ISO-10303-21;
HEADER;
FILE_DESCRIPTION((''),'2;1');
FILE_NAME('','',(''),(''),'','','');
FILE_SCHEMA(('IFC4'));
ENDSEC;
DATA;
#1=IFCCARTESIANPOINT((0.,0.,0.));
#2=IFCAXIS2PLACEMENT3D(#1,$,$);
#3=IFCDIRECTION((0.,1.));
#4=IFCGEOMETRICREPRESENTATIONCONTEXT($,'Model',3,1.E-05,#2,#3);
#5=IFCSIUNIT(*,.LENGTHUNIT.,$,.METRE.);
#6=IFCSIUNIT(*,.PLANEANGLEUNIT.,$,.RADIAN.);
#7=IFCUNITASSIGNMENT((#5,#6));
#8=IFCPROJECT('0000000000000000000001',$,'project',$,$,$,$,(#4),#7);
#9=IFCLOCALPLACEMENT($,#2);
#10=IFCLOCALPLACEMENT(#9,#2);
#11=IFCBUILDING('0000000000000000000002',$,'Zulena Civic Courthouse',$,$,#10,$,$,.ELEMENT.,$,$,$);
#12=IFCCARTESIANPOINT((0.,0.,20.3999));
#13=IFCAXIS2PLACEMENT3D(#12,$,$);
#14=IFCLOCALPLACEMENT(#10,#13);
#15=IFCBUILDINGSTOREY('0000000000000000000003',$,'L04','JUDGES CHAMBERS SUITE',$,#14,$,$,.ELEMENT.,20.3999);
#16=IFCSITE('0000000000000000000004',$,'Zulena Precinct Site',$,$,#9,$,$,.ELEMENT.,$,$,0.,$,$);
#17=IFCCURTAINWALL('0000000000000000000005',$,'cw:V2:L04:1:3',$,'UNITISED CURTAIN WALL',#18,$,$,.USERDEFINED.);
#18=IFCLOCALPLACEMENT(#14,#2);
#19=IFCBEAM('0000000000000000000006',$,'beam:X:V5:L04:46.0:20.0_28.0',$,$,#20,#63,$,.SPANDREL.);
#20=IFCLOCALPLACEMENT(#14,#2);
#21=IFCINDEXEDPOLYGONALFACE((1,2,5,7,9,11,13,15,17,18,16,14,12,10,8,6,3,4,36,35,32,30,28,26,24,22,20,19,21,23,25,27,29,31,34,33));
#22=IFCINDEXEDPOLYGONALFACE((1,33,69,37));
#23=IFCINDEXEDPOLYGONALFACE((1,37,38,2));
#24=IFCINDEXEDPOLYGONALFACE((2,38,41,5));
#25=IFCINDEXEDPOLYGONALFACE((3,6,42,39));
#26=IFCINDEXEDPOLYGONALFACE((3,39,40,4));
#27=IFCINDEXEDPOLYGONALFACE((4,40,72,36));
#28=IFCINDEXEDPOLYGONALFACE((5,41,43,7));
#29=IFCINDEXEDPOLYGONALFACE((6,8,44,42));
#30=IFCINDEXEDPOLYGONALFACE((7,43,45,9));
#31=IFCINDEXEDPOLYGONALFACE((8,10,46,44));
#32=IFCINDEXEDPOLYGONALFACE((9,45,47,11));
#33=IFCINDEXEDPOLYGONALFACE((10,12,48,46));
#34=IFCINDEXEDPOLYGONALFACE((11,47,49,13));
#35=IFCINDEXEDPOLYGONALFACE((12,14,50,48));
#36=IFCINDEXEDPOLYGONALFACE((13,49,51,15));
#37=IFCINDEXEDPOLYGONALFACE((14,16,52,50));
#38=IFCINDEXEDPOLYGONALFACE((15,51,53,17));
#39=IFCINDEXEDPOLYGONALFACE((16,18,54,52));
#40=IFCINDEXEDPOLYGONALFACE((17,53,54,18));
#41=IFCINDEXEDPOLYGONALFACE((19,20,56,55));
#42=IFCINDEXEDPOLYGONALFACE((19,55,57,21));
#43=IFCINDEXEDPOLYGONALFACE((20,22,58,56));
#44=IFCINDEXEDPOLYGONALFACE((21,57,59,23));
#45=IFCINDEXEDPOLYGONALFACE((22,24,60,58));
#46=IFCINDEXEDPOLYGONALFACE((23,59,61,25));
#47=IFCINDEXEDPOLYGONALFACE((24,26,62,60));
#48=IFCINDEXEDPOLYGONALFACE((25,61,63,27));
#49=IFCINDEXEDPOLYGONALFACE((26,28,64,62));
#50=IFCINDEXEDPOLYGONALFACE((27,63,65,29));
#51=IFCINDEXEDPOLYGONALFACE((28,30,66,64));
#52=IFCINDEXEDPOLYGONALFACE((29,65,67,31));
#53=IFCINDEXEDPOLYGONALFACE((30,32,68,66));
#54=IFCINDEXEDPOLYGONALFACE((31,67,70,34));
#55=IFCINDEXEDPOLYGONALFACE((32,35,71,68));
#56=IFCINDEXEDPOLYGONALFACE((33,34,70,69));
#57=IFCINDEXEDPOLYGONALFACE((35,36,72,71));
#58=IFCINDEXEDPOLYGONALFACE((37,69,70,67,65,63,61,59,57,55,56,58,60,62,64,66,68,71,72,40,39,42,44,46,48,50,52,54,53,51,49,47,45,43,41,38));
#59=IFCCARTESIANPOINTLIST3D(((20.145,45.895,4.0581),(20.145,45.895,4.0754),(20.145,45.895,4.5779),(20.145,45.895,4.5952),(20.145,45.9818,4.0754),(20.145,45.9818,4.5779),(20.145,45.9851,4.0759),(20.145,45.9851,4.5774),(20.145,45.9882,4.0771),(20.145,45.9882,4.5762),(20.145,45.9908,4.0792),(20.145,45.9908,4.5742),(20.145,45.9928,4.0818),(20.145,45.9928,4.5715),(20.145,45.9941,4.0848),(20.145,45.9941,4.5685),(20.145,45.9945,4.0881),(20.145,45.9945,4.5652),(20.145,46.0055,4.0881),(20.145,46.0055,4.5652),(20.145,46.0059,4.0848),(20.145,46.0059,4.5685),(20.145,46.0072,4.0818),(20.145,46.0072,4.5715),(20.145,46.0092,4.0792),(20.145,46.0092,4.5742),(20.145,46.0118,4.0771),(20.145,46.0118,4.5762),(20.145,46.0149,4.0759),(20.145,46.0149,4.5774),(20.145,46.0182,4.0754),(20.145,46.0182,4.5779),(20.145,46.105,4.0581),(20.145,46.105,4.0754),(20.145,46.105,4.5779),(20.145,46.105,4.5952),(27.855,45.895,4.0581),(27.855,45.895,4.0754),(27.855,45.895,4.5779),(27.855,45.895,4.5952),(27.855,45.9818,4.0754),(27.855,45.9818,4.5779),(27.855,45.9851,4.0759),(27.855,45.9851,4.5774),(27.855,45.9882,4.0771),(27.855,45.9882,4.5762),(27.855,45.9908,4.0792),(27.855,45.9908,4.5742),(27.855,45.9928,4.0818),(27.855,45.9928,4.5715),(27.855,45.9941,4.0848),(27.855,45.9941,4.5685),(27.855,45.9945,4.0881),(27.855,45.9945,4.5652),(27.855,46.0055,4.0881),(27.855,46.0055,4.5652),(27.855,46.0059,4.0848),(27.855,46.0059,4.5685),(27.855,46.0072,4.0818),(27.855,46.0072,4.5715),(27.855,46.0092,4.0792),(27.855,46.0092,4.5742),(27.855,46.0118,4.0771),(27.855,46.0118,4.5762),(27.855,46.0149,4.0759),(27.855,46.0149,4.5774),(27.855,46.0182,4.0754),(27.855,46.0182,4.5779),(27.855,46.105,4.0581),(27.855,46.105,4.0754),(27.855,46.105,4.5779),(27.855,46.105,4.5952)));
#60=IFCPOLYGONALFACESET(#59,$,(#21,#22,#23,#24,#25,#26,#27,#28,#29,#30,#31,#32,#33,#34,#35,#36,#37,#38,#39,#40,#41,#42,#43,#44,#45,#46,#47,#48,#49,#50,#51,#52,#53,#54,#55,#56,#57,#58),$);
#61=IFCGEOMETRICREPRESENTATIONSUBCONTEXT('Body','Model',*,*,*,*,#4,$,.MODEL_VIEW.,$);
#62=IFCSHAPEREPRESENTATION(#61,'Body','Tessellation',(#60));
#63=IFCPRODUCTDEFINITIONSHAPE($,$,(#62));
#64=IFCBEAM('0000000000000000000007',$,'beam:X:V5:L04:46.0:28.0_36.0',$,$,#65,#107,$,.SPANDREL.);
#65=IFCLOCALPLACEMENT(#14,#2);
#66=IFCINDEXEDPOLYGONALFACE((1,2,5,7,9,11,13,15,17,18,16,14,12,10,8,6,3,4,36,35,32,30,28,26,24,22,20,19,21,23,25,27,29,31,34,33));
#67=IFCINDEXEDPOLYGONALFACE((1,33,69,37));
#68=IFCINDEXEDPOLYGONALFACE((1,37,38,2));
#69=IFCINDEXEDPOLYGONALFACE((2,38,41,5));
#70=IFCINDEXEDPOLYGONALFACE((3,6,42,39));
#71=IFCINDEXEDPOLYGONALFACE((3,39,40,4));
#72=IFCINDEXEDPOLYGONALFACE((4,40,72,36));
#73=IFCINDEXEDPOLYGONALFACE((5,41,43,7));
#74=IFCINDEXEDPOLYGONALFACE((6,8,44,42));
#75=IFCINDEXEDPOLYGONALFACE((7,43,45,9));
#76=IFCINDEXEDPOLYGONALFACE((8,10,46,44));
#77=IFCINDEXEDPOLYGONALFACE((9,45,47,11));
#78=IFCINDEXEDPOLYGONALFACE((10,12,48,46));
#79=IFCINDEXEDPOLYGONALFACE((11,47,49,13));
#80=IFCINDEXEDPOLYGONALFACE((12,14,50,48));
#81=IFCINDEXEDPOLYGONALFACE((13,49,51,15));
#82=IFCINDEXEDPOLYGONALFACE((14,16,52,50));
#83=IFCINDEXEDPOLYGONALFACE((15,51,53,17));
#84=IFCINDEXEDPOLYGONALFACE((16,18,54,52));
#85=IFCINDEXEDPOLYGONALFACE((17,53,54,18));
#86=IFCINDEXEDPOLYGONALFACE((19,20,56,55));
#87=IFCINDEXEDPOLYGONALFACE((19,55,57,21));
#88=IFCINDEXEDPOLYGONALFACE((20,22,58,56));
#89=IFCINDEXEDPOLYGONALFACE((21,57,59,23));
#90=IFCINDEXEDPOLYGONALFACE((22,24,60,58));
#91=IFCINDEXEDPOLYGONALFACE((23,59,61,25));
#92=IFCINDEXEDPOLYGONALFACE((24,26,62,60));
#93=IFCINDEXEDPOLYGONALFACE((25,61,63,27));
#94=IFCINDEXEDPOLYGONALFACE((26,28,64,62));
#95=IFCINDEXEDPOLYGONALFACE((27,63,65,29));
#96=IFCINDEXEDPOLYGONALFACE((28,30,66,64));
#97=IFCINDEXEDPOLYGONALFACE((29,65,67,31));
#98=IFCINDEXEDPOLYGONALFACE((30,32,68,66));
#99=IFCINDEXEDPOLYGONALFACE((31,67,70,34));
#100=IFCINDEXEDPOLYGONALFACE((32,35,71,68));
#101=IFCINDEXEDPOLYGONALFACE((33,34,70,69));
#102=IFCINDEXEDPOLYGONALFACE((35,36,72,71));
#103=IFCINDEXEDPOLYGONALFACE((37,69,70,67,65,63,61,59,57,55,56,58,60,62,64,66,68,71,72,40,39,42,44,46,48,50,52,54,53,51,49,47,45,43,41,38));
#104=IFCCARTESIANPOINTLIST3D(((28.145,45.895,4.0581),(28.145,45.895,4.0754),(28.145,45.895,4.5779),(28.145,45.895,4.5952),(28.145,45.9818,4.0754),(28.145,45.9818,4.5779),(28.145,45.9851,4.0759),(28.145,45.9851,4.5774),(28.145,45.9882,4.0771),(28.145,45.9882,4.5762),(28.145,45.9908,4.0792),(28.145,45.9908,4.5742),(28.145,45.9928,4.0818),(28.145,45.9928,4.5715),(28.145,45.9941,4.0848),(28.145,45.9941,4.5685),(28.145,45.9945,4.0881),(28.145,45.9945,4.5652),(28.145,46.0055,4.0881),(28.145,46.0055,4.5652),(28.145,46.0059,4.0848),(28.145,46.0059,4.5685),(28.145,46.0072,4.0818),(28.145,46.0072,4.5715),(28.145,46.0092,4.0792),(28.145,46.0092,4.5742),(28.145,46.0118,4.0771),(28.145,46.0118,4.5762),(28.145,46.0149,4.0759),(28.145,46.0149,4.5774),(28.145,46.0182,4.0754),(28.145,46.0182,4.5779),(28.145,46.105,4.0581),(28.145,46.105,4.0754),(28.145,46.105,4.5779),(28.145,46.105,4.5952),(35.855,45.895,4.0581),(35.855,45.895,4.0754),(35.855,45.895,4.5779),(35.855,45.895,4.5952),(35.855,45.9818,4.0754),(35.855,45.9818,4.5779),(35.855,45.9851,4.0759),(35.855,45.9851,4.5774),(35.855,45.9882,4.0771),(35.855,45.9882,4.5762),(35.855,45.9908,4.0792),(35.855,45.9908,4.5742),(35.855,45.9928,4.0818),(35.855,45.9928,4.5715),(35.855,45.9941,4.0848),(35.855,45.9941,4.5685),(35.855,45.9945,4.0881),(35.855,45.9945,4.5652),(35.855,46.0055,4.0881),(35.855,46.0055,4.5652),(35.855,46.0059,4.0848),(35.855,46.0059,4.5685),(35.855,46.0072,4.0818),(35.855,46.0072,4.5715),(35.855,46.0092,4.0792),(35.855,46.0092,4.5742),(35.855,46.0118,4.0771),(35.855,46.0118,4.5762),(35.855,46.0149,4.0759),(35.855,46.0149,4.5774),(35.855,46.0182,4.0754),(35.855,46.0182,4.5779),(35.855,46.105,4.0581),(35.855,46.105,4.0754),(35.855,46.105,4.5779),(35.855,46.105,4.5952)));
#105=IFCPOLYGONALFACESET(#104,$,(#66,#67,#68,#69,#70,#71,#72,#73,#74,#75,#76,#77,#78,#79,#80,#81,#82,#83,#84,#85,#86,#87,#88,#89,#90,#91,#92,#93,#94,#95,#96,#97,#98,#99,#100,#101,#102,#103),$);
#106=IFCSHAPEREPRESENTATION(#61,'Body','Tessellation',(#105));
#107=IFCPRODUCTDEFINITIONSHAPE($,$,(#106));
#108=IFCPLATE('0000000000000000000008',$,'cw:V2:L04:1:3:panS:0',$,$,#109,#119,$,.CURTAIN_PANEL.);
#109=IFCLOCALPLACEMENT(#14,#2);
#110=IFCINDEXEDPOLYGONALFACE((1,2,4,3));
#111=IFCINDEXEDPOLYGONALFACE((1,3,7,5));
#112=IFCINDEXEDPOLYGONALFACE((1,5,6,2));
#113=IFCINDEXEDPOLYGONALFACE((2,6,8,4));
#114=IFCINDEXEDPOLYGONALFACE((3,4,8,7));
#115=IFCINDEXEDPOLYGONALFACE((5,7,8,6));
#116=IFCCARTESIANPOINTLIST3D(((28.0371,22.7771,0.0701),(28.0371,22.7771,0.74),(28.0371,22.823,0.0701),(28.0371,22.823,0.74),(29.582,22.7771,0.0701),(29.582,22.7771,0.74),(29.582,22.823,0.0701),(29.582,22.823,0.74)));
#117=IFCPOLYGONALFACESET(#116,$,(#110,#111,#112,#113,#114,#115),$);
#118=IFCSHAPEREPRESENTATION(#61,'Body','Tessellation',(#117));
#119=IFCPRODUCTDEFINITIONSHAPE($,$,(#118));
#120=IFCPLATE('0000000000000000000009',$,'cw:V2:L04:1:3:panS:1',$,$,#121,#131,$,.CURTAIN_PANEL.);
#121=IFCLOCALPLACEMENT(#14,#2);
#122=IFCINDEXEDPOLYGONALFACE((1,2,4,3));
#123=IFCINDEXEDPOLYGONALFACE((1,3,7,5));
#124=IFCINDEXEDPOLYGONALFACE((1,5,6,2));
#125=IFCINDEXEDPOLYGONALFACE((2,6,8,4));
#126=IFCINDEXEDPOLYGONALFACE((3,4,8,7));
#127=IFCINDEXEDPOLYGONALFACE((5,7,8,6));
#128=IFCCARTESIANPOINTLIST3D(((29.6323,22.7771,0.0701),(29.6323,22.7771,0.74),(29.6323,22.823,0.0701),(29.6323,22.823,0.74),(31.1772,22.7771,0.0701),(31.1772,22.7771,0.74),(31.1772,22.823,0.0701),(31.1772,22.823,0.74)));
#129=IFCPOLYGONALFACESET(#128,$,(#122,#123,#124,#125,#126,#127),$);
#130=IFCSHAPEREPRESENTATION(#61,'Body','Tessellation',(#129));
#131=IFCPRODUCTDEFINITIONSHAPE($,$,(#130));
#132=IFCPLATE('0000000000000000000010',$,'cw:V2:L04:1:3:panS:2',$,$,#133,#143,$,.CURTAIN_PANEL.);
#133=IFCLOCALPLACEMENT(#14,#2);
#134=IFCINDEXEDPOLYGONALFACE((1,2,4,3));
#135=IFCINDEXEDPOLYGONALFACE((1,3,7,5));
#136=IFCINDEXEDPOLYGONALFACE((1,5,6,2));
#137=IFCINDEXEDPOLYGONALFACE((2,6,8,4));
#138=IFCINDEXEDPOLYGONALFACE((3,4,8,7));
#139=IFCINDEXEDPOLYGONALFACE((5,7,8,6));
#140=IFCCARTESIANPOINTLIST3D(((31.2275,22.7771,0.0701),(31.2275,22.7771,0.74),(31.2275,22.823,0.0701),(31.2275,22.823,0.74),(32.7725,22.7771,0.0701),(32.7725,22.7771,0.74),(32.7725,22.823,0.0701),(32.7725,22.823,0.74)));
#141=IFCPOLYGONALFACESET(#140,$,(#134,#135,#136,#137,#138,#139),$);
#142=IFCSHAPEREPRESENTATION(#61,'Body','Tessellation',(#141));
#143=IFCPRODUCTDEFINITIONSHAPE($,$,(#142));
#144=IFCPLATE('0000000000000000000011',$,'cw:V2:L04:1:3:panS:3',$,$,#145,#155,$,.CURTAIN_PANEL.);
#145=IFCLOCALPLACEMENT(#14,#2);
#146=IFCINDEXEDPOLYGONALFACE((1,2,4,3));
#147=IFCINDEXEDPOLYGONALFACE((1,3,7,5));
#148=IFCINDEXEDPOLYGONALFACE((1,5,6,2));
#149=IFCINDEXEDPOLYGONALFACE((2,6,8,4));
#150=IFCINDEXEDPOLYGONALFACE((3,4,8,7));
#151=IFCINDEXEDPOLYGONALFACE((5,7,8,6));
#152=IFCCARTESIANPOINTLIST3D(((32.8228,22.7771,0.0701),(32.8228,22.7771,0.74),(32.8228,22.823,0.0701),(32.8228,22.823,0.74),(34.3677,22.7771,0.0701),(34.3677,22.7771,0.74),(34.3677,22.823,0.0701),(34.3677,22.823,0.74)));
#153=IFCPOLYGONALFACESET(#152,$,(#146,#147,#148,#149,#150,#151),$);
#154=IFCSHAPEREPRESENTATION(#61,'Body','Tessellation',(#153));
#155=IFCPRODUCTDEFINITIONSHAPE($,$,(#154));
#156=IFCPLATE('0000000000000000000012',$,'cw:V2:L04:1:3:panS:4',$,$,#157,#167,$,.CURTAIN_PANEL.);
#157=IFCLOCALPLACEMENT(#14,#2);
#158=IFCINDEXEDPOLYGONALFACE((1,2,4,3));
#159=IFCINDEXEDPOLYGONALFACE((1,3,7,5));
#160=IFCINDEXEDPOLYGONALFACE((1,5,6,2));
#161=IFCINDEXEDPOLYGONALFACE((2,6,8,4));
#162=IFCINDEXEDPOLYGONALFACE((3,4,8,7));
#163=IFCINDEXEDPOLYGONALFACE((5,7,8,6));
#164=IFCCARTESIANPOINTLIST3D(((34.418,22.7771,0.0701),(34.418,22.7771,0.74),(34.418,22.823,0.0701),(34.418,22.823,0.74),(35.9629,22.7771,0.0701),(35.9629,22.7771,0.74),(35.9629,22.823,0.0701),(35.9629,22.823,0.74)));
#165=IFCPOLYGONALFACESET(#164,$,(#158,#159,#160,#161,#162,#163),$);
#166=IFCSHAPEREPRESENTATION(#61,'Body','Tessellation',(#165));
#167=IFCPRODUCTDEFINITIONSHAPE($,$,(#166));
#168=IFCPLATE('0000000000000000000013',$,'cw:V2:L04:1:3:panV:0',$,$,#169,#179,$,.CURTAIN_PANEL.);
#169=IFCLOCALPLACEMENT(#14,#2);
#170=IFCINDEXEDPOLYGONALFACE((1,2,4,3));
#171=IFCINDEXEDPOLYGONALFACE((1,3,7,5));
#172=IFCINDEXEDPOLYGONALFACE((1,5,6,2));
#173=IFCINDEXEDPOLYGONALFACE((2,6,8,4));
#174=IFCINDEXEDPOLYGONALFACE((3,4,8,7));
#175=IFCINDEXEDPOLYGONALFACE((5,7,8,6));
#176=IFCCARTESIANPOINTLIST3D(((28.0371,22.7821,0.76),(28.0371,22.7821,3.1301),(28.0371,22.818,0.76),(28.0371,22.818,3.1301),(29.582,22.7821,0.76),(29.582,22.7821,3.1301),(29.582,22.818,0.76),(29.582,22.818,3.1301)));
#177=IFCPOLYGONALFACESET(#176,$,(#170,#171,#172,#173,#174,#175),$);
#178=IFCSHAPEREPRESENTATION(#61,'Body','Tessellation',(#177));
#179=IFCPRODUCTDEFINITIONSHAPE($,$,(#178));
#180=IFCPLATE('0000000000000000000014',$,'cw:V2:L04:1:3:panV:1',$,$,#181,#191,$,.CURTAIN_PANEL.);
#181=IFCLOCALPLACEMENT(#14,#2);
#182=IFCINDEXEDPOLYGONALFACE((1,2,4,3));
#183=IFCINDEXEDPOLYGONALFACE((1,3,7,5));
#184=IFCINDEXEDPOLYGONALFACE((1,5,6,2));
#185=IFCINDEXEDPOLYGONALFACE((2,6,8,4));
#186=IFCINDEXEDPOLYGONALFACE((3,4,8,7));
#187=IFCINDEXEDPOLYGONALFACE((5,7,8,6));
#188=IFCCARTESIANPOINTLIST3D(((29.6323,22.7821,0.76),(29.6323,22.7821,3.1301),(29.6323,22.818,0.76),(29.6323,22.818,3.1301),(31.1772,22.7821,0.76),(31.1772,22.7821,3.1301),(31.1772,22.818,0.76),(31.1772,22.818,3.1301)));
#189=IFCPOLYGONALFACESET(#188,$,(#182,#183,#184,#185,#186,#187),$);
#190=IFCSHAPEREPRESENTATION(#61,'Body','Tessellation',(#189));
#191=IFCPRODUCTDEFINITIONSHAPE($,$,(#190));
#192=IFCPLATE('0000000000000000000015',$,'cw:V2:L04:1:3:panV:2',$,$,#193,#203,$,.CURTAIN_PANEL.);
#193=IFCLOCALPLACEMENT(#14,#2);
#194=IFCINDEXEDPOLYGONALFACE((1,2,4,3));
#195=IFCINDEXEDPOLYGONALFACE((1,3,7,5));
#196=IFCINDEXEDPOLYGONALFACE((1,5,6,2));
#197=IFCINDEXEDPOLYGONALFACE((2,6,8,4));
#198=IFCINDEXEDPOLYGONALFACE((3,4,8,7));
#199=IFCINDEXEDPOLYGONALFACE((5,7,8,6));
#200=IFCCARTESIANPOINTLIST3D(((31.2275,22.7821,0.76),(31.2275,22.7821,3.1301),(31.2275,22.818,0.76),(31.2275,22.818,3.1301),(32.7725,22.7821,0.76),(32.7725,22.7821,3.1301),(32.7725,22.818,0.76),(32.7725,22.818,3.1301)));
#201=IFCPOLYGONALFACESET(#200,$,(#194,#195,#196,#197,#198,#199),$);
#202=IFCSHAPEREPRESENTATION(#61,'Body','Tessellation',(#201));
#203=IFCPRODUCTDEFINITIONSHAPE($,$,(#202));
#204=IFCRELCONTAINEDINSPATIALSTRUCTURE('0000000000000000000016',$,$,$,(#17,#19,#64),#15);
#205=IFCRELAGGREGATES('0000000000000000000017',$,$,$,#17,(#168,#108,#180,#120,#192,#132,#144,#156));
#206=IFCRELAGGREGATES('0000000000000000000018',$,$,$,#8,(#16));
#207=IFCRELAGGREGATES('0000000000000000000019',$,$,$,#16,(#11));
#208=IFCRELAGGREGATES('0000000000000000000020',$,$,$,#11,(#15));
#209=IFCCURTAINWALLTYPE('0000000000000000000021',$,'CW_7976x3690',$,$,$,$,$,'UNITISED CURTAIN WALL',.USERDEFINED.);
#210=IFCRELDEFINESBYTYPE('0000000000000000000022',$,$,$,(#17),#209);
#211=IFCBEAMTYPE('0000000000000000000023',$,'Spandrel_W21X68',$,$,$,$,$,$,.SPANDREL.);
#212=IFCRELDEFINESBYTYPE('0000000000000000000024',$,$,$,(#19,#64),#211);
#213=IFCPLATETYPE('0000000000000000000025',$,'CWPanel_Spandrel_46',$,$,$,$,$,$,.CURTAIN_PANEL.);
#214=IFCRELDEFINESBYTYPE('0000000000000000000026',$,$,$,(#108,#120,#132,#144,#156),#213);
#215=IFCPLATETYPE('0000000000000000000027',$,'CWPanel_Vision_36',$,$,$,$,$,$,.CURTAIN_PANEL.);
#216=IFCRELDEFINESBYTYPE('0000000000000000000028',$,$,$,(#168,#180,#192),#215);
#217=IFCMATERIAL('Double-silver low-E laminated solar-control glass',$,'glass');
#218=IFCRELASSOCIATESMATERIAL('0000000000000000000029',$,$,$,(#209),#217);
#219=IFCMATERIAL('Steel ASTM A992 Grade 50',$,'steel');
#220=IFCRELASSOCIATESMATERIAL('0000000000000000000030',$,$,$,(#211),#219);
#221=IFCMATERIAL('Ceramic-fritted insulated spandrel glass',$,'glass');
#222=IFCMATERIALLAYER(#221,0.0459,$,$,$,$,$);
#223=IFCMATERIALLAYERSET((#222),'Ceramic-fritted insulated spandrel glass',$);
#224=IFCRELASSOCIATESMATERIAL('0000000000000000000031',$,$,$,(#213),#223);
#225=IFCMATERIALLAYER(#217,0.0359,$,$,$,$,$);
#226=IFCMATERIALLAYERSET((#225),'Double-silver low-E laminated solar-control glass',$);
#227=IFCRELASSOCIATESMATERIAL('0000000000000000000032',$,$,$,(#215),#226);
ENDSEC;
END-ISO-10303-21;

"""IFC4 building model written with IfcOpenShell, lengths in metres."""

from ifc_helpers import new_model, si_unit, direction, frame, origin, origin_2d, place, context, subcontext, project, spatial, rectangle, i_section, extrude, material, layer, layer_set, material_profile, profile_set, type_object, element, aggregate, save


model = new_model("IFC4")

# Units and contexts
model_context = context("Model", 3, precision=1e-05, world=origin(), true_north=direction((0.0, 1.0)))
body_context = subcontext(model_context, "Body", "Model", "MODEL_VIEW")
ifc_project = project(units=[si_unit("LENGTHUNIT", "METRE"), si_unit("PLANEANGLEUNIT", "RADIAN")], contexts=[model_context])

# Site, building, storey
site_placement = place(None, origin())
site = spatial("IfcSite", under=ifc_project, at=site_placement, Name="Zulena Precinct Site", CompositionType="ELEMENT", RefElevation=0.0)
building_placement = place(site_placement, origin())
building = spatial("IfcBuilding", under=site, at=building_placement, Name="Zulena Civic Courthouse", CompositionType="ELEMENT")
storey_placement = place(building_placement, frame((0.0, 0.0, 20.3999)))
storey = spatial("IfcBuildingStorey", under=building, at=storey_placement, Name="L04", Description="JUDGES CHAMBERS SUITE", CompositionType="ELEMENT", Elevation=20.3999)

# Shared definitions
ifc_material_1 = material(Name="Steel ASTM A992 Grade 50", Category="steel")

# Curtain wall
ifc_material_2 = material(Name="Double-silver low-E laminated solar-control glass", Category="glass")
curtain_wall_type = type_object("IfcCurtainWallType", Name="CW_7976x3690", ElementType="UNITISED CURTAIN WALL", PredefinedType="USERDEFINED", material=ifc_material_2)
curtain_wall_placement = place(storey_placement, origin())
curtain_wall = element("IfcCurtainWall", 1, at=curtain_wall_placement, inside=storey, type_object=curtain_wall_type, Name="cw:V2:L04:1:3", ObjectType="UNITISED CURTAIN WALL", PredefinedType="USERDEFINED")

# Beams
ifc_material_profile_1 = material_profile(ifc_material_1, i_section(OverallWidth=0.21, OverallDepth=0.5371, WebThickness=0.011, FlangeThickness=0.0173, FilletRadius=0.0127, at=origin_2d()), Name="W21X68")
ifc_profile_set_1 = profile_set([ifc_material_profile_1], Name="Steel ASTM A992 Grade 50")
beam_type_1 = type_object("IfcBeamType", Name="Spandrel_W21X68", PredefinedType="SPANDREL", material=ifc_profile_set_1)
for number, where, z_axis, x_axis, name in (
    (2, (20.145, 46.0, 4.3267), (1.0, 0.0, 0.0), (0.0, 1.0, 0.0), "beam:X:V5:L04:46.0:20.0_28.0"),
    (3, (28.145, 46.0, 4.3267), (1.0, 0.0, 0.0), (0.0, 1.0, 0.0), "beam:X:V5:L04:46.0:28.0_36.0"),
):
    element("IfcBeam", number, at=place(storey_placement, frame(where, z_axis=z_axis, x_axis=x_axis)), inside=storey, type_object=beam_type_1, Name=name, PredefinedType="SPANDREL", context=body_context, shape_type="SweptSolid", body=[
        extrude(i_section(OverallWidth=0.21, OverallDepth=0.5371, WebThickness=0.011, FlangeThickness=0.0173, FilletRadius=0.0127, at=origin_2d()), origin(), (0.0, 0.0, 1.0), 7.71),
    ])

# Plates
ifc_material_3 = material(Name="Ceramic-fritted insulated spandrel glass", Category="glass")
ifc_layer_1 = layer(ifc_material_3, 0.0459)
ifc_layer_set_1 = layer_set([ifc_layer_1], Name="Ceramic-fritted insulated spandrel glass")
plate_type_1 = type_object("IfcPlateType", Name="CWPanel_Spandrel_46", PredefinedType="CURTAIN_PANEL", material=ifc_layer_set_1)
plate_1_placement = place(storey_placement, frame((28.8096, 22.8, 0.0701), z_axis=(0.0, 0.0, 1.0), x_axis=(1.0, 0.0, 0.0)))
plate_1 = element("IfcPlate", 4, at=plate_1_placement, type_object=plate_type_1, Name="cw:V2:L04:1:3:panS:0", PredefinedType="CURTAIN_PANEL", context=body_context, shape_type="SweptSolid", body=[
    extrude(rectangle(XDim=1.5449, YDim=0.0459, at=origin_2d()), origin(), (0.0, 0.0, 1.0), 0.6699),
])
plate_2_placement = place(storey_placement, frame((30.4048, 22.8, 0.0701), z_axis=(0.0, 0.0, 1.0), x_axis=(1.0, 0.0, 0.0)))
plate_2 = element("IfcPlate", 5, at=plate_2_placement, type_object=plate_type_1, Name="cw:V2:L04:1:3:panS:1", PredefinedType="CURTAIN_PANEL", context=body_context, shape_type="SweptSolid", body=[
    extrude(rectangle(XDim=1.5449, YDim=0.0459, at=origin_2d()), origin(), (0.0, 0.0, 1.0), 0.6699),
])
plate_3_placement = place(storey_placement, frame((32.0, 22.8, 0.0701), z_axis=(0.0, 0.0, 1.0), x_axis=(1.0, 0.0, 0.0)))
plate_3 = element("IfcPlate", 6, at=plate_3_placement, type_object=plate_type_1, Name="cw:V2:L04:1:3:panS:2", PredefinedType="CURTAIN_PANEL", context=body_context, shape_type="SweptSolid", body=[
    extrude(rectangle(XDim=1.5449, YDim=0.0459, at=origin_2d()), origin(), (0.0, 0.0, 1.0), 0.6699),
])
plate_4_placement = place(storey_placement, frame((33.5952, 22.8, 0.0701), z_axis=(0.0, 0.0, 1.0), x_axis=(1.0, 0.0, 0.0)))
plate_4 = element("IfcPlate", 7, at=plate_4_placement, type_object=plate_type_1, Name="cw:V2:L04:1:3:panS:3", PredefinedType="CURTAIN_PANEL", context=body_context, shape_type="SweptSolid", body=[
    extrude(rectangle(XDim=1.5449, YDim=0.0459, at=origin_2d()), origin(), (0.0, 0.0, 1.0), 0.6699),
])
plate_5_placement = place(storey_placement, frame((35.1904, 22.8, 0.0701), z_axis=(0.0, 0.0, 1.0), x_axis=(1.0, 0.0, 0.0)))
plate_5 = element("IfcPlate", 8, at=plate_5_placement, type_object=plate_type_1, Name="cw:V2:L04:1:3:panS:4", PredefinedType="CURTAIN_PANEL", context=body_context, shape_type="SweptSolid", body=[
    extrude(rectangle(XDim=1.5449, YDim=0.0459, at=origin_2d()), origin(), (0.0, 0.0, 1.0), 0.6699),
])
ifc_layer_2 = layer(ifc_material_2, 0.0359)
ifc_layer_set_2 = layer_set([ifc_layer_2], Name="Double-silver low-E laminated solar-control glass")
plate_type_2 = type_object("IfcPlateType", Name="CWPanel_Vision_36", PredefinedType="CURTAIN_PANEL", material=ifc_layer_set_2)
plate_6_placement = place(storey_placement, frame((28.8096, 22.8, 0.76), z_axis=(0.0, 0.0, 1.0), x_axis=(1.0, 0.0, 0.0)))
plate_6 = element("IfcPlate", 9, at=plate_6_placement, type_object=plate_type_2, Name="cw:V2:L04:1:3:panV:0", PredefinedType="CURTAIN_PANEL", context=body_context, shape_type="SweptSolid", body=[
    extrude(rectangle(XDim=1.5449, YDim=0.0359, at=origin_2d()), origin(), (0.0, 0.0, 1.0), 2.3701),
])
plate_7_placement = place(storey_placement, frame((30.4048, 22.8, 0.76), z_axis=(0.0, 0.0, 1.0), x_axis=(1.0, 0.0, 0.0)))
plate_7 = element("IfcPlate", 10, at=plate_7_placement, type_object=plate_type_2, Name="cw:V2:L04:1:3:panV:1", PredefinedType="CURTAIN_PANEL", context=body_context, shape_type="SweptSolid", body=[
    extrude(rectangle(XDim=1.5449, YDim=0.0359, at=origin_2d()), origin(), (0.0, 0.0, 1.0), 2.3701),
])
plate_8_placement = place(storey_placement, frame((32.0, 22.8, 0.76), z_axis=(0.0, 0.0, 1.0), x_axis=(1.0, 0.0, 0.0)))
plate_8 = element("IfcPlate", 11, at=plate_8_placement, type_object=plate_type_2, Name="cw:V2:L04:1:3:panV:2", PredefinedType="CURTAIN_PANEL", context=body_context, shape_type="SweptSolid", body=[
    extrude(rectangle(XDim=1.5449, YDim=0.0359, at=origin_2d()), origin(), (0.0, 0.0, 1.0), 2.3701),
])
aggregate(curtain_wall, [plate_6, plate_1, plate_7, plate_2, plate_8, plate_3, plate_4, plate_5])

save(model, "model.ifc")
